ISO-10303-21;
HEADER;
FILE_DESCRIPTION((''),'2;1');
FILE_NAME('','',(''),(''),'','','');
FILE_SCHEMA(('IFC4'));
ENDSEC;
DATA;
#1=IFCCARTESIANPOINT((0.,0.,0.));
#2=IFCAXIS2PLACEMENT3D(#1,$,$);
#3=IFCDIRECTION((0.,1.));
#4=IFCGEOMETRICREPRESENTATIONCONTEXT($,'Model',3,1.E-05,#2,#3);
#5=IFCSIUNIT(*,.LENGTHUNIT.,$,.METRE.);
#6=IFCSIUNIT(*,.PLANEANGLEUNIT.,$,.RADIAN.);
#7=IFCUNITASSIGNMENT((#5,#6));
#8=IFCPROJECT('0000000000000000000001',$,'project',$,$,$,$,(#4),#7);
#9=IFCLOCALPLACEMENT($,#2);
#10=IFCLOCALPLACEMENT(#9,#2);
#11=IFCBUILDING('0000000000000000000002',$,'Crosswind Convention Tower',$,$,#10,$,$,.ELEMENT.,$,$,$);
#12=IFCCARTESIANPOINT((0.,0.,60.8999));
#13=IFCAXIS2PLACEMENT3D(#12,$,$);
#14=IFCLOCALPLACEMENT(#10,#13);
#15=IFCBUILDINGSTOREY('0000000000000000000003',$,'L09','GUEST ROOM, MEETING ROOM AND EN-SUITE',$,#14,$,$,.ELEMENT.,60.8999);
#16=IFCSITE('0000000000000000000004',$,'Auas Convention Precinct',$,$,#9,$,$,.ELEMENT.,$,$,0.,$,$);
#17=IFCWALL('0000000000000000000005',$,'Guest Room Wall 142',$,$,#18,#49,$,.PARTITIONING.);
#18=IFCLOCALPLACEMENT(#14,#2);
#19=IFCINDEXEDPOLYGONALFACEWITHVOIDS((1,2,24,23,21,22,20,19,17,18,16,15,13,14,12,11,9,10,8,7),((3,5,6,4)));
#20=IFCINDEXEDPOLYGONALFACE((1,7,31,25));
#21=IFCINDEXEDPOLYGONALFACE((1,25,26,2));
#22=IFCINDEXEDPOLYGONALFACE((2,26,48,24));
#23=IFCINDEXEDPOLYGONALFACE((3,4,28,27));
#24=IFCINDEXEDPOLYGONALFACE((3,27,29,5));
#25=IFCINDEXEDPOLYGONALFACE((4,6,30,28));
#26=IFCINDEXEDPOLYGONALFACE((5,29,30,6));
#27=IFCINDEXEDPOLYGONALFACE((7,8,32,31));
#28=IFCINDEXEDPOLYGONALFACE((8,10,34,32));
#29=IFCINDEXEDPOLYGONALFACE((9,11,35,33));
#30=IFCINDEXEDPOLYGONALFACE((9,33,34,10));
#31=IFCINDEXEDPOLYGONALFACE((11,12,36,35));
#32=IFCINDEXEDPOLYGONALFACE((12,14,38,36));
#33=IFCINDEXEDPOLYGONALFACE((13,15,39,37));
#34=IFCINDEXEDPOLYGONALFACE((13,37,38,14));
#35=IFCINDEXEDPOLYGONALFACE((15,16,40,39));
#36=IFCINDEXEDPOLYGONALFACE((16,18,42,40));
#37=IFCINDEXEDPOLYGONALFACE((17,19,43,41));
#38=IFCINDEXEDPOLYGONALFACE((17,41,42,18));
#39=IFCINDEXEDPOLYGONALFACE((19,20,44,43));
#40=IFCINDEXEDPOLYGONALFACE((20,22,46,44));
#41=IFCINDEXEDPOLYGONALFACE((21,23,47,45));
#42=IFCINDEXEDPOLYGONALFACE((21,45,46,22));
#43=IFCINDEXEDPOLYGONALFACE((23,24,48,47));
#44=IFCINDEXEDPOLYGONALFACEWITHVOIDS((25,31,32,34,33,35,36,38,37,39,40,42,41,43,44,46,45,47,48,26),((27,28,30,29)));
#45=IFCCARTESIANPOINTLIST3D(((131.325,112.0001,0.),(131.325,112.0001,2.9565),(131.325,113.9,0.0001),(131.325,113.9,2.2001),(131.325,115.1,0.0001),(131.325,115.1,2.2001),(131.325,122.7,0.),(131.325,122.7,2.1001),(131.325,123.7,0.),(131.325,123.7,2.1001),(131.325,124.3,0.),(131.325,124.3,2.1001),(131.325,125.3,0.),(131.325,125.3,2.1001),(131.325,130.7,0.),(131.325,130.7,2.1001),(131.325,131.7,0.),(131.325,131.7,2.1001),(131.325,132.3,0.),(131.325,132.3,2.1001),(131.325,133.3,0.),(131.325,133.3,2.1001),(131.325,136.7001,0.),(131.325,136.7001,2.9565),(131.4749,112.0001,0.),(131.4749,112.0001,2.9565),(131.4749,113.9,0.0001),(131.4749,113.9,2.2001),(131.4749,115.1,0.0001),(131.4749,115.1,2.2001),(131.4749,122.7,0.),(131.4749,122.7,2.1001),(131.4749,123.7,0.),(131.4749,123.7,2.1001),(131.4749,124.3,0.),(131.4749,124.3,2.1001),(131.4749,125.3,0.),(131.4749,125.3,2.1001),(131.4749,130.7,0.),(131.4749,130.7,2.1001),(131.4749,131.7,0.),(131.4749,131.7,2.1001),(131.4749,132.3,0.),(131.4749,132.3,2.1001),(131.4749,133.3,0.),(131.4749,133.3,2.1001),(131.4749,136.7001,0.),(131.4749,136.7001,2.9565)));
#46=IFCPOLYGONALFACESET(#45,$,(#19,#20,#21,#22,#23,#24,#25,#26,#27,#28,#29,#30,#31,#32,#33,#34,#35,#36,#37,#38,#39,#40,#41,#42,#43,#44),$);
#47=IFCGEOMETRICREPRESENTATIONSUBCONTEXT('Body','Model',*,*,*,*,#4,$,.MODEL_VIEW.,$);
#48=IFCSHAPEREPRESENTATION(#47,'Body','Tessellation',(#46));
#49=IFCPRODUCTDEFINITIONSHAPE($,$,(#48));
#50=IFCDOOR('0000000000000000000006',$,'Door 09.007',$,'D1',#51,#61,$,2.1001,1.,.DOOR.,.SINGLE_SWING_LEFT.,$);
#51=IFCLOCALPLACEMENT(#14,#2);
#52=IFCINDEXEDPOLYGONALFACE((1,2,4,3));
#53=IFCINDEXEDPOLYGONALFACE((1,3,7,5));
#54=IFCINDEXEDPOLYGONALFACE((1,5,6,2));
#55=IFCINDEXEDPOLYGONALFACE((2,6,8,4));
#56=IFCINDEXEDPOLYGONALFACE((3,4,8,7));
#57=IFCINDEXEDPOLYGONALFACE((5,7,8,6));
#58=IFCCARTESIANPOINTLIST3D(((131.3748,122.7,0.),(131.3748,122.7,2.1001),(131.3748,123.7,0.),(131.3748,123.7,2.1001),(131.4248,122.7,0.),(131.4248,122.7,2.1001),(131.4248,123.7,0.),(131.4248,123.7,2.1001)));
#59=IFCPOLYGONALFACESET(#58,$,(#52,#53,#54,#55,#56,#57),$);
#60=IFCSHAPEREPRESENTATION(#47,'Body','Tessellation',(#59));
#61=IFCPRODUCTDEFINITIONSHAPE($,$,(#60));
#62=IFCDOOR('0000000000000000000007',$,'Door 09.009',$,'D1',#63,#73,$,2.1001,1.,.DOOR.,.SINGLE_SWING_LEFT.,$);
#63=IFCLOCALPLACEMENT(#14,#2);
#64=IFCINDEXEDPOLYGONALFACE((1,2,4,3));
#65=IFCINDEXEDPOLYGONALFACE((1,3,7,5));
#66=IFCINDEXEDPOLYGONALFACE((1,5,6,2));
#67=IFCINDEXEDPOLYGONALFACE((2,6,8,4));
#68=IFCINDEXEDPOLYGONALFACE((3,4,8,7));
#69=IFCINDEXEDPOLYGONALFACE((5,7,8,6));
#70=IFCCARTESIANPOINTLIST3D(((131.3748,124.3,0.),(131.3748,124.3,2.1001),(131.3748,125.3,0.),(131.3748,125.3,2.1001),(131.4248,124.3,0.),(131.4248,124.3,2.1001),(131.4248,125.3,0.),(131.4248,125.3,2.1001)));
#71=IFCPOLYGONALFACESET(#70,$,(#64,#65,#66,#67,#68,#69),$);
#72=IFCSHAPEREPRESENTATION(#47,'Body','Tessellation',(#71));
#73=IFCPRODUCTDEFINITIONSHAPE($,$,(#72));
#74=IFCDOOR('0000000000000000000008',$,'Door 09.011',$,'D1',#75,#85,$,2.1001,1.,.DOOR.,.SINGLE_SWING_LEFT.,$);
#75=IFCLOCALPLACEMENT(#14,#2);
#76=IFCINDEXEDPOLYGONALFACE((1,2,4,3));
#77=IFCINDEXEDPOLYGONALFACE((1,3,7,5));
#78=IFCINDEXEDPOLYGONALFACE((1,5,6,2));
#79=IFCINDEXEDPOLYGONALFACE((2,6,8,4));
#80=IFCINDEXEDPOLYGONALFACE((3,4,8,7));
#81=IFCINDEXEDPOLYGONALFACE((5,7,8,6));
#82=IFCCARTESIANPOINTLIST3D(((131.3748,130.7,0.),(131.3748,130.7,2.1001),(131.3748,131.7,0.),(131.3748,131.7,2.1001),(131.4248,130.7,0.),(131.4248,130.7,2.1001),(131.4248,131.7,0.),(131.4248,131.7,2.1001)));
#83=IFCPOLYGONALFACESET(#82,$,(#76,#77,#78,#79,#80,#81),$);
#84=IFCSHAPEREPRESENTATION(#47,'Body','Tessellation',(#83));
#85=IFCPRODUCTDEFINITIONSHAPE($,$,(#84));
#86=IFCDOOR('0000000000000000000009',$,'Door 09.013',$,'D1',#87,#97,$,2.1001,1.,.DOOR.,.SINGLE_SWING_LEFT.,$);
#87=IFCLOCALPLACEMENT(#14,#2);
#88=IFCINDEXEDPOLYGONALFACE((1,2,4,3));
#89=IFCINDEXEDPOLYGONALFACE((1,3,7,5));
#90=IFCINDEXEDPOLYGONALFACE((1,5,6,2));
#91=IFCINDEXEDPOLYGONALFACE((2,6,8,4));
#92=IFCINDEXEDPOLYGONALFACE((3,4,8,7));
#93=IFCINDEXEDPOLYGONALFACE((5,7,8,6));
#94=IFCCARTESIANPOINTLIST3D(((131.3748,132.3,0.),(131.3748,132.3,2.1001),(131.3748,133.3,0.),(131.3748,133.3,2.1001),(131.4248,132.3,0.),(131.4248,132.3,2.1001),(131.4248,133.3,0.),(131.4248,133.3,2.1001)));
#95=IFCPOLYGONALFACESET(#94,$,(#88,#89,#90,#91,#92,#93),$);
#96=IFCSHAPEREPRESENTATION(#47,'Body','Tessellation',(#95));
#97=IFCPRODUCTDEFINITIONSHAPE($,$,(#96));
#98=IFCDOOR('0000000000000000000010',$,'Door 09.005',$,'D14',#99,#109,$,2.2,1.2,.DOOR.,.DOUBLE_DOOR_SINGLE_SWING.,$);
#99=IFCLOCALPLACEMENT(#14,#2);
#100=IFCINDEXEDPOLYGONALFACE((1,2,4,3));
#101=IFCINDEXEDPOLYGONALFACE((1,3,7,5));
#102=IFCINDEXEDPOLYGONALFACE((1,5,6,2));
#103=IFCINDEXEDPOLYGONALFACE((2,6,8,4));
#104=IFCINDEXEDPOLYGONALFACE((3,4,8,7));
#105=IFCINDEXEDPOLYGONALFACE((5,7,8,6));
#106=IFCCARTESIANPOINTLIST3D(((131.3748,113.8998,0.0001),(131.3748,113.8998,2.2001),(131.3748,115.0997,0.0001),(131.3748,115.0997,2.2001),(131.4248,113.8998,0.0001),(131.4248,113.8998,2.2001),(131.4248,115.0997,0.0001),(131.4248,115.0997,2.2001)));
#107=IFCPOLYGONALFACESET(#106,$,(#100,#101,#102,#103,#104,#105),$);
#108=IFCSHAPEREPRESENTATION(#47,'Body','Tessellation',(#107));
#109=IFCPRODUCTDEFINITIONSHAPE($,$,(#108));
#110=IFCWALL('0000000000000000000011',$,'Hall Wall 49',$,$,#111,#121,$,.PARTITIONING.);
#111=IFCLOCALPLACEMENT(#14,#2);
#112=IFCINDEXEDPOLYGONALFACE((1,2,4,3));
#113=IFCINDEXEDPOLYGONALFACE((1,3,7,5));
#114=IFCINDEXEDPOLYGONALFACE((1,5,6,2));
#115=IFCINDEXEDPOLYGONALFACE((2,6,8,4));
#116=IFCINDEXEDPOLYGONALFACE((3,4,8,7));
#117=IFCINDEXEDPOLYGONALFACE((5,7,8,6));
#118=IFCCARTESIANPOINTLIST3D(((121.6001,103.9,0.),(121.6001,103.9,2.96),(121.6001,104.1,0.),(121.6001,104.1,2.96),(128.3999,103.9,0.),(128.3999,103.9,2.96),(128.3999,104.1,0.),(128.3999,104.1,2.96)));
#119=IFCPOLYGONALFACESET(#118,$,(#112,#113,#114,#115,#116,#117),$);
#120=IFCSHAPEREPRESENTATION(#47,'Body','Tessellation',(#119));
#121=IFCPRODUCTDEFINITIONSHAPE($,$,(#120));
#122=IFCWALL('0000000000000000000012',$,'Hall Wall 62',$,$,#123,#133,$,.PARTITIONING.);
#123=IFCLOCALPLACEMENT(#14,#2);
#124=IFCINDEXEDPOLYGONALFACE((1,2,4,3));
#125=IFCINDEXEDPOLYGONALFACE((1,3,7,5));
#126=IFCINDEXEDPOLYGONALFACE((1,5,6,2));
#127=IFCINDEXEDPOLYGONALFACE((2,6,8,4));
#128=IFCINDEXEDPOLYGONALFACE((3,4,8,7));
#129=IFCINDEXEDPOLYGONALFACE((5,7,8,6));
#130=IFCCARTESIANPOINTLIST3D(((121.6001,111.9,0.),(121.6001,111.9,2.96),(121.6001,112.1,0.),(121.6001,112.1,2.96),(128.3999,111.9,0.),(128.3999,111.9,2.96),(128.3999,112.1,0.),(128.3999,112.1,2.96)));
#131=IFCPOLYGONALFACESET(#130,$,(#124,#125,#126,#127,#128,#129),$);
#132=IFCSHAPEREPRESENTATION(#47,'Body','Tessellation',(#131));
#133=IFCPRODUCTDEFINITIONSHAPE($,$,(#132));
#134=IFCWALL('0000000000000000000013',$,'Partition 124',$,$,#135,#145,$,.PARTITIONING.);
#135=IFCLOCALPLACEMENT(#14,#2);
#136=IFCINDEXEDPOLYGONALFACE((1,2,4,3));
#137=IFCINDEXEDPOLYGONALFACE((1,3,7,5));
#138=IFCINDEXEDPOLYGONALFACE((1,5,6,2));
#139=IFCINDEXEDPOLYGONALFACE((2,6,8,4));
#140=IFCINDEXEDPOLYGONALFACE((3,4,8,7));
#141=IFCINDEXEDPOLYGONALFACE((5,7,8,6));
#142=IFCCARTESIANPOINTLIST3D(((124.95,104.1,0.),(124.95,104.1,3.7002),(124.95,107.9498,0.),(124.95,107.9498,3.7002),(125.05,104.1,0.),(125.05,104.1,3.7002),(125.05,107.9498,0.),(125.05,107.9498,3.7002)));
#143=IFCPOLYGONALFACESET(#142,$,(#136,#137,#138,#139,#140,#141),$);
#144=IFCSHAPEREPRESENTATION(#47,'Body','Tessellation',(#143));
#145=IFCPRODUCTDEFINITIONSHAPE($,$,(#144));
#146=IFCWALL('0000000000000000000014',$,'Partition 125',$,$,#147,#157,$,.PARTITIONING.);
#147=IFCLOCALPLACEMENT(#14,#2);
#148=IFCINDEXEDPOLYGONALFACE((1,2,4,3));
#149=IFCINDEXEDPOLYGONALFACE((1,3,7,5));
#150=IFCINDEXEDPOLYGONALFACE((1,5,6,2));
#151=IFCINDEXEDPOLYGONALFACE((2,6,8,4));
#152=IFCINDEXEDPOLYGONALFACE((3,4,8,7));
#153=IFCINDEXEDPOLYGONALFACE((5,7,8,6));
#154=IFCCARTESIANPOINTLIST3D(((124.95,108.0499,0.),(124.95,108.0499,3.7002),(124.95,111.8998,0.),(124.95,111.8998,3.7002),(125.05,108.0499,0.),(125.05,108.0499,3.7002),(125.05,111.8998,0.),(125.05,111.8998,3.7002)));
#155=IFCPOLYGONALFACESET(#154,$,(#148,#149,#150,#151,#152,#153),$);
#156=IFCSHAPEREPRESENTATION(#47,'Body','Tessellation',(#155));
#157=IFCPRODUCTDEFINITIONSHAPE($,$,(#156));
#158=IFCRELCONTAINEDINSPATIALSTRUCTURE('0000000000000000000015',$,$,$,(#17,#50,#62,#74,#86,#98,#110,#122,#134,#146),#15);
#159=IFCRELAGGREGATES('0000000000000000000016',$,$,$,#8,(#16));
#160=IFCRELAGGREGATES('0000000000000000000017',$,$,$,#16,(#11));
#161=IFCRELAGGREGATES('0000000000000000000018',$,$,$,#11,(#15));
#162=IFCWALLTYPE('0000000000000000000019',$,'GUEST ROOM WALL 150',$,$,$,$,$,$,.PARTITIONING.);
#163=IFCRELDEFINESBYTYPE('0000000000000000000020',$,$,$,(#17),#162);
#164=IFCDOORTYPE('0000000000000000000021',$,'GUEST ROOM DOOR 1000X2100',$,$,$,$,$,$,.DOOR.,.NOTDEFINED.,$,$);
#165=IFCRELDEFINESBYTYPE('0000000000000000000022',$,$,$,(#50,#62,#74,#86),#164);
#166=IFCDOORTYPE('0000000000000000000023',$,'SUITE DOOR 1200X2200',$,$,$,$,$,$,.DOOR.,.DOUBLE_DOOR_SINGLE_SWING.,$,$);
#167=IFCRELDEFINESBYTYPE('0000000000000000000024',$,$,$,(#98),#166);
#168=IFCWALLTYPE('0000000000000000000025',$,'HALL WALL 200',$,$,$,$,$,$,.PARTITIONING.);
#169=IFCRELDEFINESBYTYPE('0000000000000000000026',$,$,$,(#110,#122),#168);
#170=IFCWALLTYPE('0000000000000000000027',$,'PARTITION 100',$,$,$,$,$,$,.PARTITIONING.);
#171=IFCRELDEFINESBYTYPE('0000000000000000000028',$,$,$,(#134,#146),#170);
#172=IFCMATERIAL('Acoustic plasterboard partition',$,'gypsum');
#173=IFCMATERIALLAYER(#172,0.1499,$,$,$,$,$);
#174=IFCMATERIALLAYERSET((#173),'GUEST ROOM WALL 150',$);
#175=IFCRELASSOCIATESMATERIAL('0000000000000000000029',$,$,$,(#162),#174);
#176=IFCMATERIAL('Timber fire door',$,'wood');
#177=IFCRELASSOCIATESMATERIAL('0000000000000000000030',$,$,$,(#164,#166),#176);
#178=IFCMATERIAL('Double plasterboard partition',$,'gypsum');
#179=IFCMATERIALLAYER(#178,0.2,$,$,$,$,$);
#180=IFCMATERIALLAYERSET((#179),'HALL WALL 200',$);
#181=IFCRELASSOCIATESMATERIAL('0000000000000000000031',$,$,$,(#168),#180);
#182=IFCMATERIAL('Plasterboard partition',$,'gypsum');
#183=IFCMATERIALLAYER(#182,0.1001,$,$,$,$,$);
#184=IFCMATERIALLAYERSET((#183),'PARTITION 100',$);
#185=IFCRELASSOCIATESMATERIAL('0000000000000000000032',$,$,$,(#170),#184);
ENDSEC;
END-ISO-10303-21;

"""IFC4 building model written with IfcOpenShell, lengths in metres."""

from ifc_helpers import new_model, si_unit, direction, frame, frame_2d, origin, place, context, subcontext, project, spatial, rectangle, extrude, material, layer, layer_set, type_object, element, fill, save


model = new_model("IFC4")

# Units and contexts
model_context = context("Model", 3, precision=1e-05, world=origin(), true_north=direction((0.0, 1.0)))
body_context = subcontext(model_context, "Body", "Model", "MODEL_VIEW")
ifc_project = project(units=[si_unit("LENGTHUNIT", "METRE"), si_unit("PLANEANGLEUNIT", "RADIAN")], contexts=[model_context])

# Site, building, storey
site_placement = place(None, origin())
site = spatial("IfcSite", under=ifc_project, at=site_placement, Name="Auas Convention Precinct", CompositionType="ELEMENT", RefElevation=0.0)
building_placement = place(site_placement, origin())
building = spatial("IfcBuilding", under=site, at=building_placement, Name="Crosswind Convention Tower", CompositionType="ELEMENT")
storey_placement = place(building_placement, frame((0.0, 0.0, 60.8999)))
storey = spatial("IfcBuildingStorey", under=building, at=storey_placement, Name="L09", Description="GUEST ROOM, MEETING ROOM AND EN-SUITE", CompositionType="ELEMENT", Elevation=60.8999)

# Shared definitions
ifc_material_1 = material(Name="Plasterboard partition", Category="gypsum")

# Shared definitions
ifc_material_2 = material(Name="Timber fire door", Category="wood")

# Wall, openings, doors
ifc_material_3 = material(Name="Acoustic plasterboard partition", Category="gypsum")
ifc_layer_1 = layer(ifc_material_3, 0.1499)
ifc_layer_set_1 = layer_set([ifc_layer_1], Name="GUEST ROOM WALL 150")
wall_type_1 = type_object("IfcWallType", Name="GUEST ROOM WALL 150", PredefinedType="PARTITIONING", material=ifc_layer_set_1)
wall_1_placement = place(storey_placement, frame((131.3999, 112.0, 0.0), z_axis=(0.0, 0.0, 1.0), x_axis=(0.0, 1.0, 0.0)))
wall_1 = element("IfcWall", 1, at=wall_1_placement, inside=storey, type_object=wall_type_1, Name="Guest Room Wall 142", PredefinedType="PARTITIONING", context=body_context, shape_type="SweptSolid", body=[
    extrude(rectangle(XDim=24.7, YDim=0.1499, at=frame_2d((12.3501, 0.0))), origin(), (0.0, 0.0, 1.0), 2.9565),
])
opening_1_placement = place(wall_1_placement, frame((1.8999, 0.0, 0.0)))
opening_1 = element("IfcOpeningElement", 2, at=opening_1_placement, cuts=wall_1, PredefinedType="OPENING", context=body_context, shape_type="SweptSolid", body=[
    extrude(rectangle(XDim=1.2, YDim=2.2, at=frame_2d((0.6001, 1.1001))), frame((0.0, 0.085, 0.0), z_axis=(0.0, -1.0, 0.0), x_axis=(1.0, 0.0, 0.0)), (0.0, 0.0, 1.0), 0.1699),
])
opening_2_placement = place(wall_1_placement, frame((10.7, 0.0, 0.0)))
opening_2 = element("IfcOpeningElement", 3, at=opening_2_placement, cuts=wall_1, PredefinedType="OPENING", context=body_context, shape_type="SweptSolid", body=[
    extrude(rectangle(XDim=1.0, YDim=2.1001, at=frame_2d((0.5, 1.05))), frame((0.0, 0.085, 0.0), z_axis=(0.0, -1.0, 0.0), x_axis=(1.0, 0.0, 0.0)), (0.0, 0.0, 1.0), 0.1699),
])
opening_3_placement = place(wall_1_placement, frame((12.3, 0.0, 0.0)))
opening_3 = element("IfcOpeningElement", 4, at=opening_3_placement, cuts=wall_1, PredefinedType="OPENING", context=body_context, shape_type="SweptSolid", body=[
    extrude(rectangle(XDim=1.0, YDim=2.1001, at=frame_2d((0.5, 1.05))), frame((0.0, 0.085, 0.0), z_axis=(0.0, -1.0, 0.0), x_axis=(1.0, 0.0, 0.0)), (0.0, 0.0, 1.0), 0.1699),
])
opening_4_placement = place(wall_1_placement, frame((18.7, 0.0, 0.0)))
opening_4 = element("IfcOpeningElement", 5, at=opening_4_placement, cuts=wall_1, PredefinedType="OPENING", context=body_context, shape_type="SweptSolid", body=[
    extrude(rectangle(XDim=1.0, YDim=2.1001, at=frame_2d((0.5, 1.05))), frame((0.0, 0.085, 0.0), z_axis=(0.0, -1.0, 0.0), x_axis=(1.0, 0.0, 0.0)), (0.0, 0.0, 1.0), 0.1699),
])
opening_5_placement = place(wall_1_placement, frame((20.3, 0.0, 0.0)))
opening_5 = element("IfcOpeningElement", 6, at=opening_5_placement, cuts=wall_1, PredefinedType="OPENING", context=body_context, shape_type="SweptSolid", body=[
    extrude(rectangle(XDim=1.0, YDim=2.1001, at=frame_2d((0.5, 1.05))), frame((0.0, 0.085, 0.0), z_axis=(0.0, -1.0, 0.0), x_axis=(1.0, 0.0, 0.0)), (0.0, 0.0, 1.0), 0.1699),
])
door_type_1 = type_object("IfcDoorType", Name="GUEST ROOM DOOR 1000X2100", OperationType="NOTDEFINED", PredefinedType="DOOR", material=ifc_material_2)
door_1_placement = place(opening_2_placement, frame((1.0, 0.0, 0.0), z_axis=(0.0, 0.0, 1.0), x_axis=(-1.0, 0.0, 0.0)))
door_1 = element("IfcDoor", 7, at=door_1_placement, inside=storey, type_object=door_type_1, Name="Door 09.007", ObjectType="D1", OperationType="SINGLE_SWING_LEFT", OverallHeight=2.1001, OverallWidth=1.0, PredefinedType="DOOR", context=body_context, shape_type="SweptSolid", body=[
    extrude(rectangle(XDim=1.0, YDim=2.1001, at=frame_2d((0.5, 1.05))), frame((0.0, 0.0249, 0.0), z_axis=(0.0, -1.0, 0.0), x_axis=(1.0, 0.0, 0.0)), (0.0, 0.0, 1.0), 0.05),
])
fill(opening_2, door_1)
door_2_placement = place(opening_3_placement, frame((1.0, 0.0, 0.0), z_axis=(0.0, 0.0, 1.0), x_axis=(-1.0, 0.0, 0.0)))
door_2 = element("IfcDoor", 8, at=door_2_placement, inside=storey, type_object=door_type_1, Name="Door 09.009", ObjectType="D1", OperationType="SINGLE_SWING_LEFT", OverallHeight=2.1001, OverallWidth=1.0, PredefinedType="DOOR", context=body_context, shape_type="SweptSolid", body=[
    extrude(rectangle(XDim=1.0, YDim=2.1001, at=frame_2d((0.5, 1.05))), frame((0.0, 0.0249, 0.0), z_axis=(0.0, -1.0, 0.0), x_axis=(1.0, 0.0, 0.0)), (0.0, 0.0, 1.0), 0.05),
])
fill(opening_3, door_2)
door_3_placement = place(opening_4_placement, frame((1.0, 0.0, 0.0), z_axis=(0.0, 0.0, 1.0), x_axis=(-1.0, 0.0, 0.0)))
door_3 = element("IfcDoor", 9, at=door_3_placement, inside=storey, type_object=door_type_1, Name="Door 09.011", ObjectType="D1", OperationType="SINGLE_SWING_LEFT", OverallHeight=2.1001, OverallWidth=1.0, PredefinedType="DOOR", context=body_context, shape_type="SweptSolid", body=[
    extrude(rectangle(XDim=1.0, YDim=2.1001, at=frame_2d((0.5, 1.05))), frame((0.0, 0.0249, 0.0), z_axis=(0.0, -1.0, 0.0), x_axis=(1.0, 0.0, 0.0)), (0.0, 0.0, 1.0), 0.05),
])
fill(opening_4, door_3)
door_4_placement = place(opening_5_placement, frame((1.0, 0.0, 0.0), z_axis=(0.0, 0.0, 1.0), x_axis=(-1.0, 0.0, 0.0)))
door_4 = element("IfcDoor", 10, at=door_4_placement, inside=storey, type_object=door_type_1, Name="Door 09.013", ObjectType="D1", OperationType="SINGLE_SWING_LEFT", OverallHeight=2.1001, OverallWidth=1.0, PredefinedType="DOOR", context=body_context, shape_type="SweptSolid", body=[
    extrude(rectangle(XDim=1.0, YDim=2.1001, at=frame_2d((0.5, 1.05))), frame((0.0, 0.0249, 0.0), z_axis=(0.0, -1.0, 0.0), x_axis=(1.0, 0.0, 0.0)), (0.0, 0.0, 1.0), 0.05),
])
fill(opening_5, door_4)
door_type_2 = type_object("IfcDoorType", Name="SUITE DOOR 1200X2200", OperationType="DOUBLE_DOOR_SINGLE_SWING", PredefinedType="DOOR", material=ifc_material_2)
door_5_placement = place(opening_1_placement, frame((1.2, 0.0, 0.0), z_axis=(0.0, 0.0, 1.0), x_axis=(-1.0, 0.0, 0.0)))
door_5 = element("IfcDoor", 11, at=door_5_placement, inside=storey, type_object=door_type_2, Name="Door 09.005", ObjectType="D14", OperationType="DOUBLE_DOOR_SINGLE_SWING", OverallHeight=2.2, OverallWidth=1.2, PredefinedType="DOOR", context=body_context, shape_type="SweptSolid", body=[
    extrude(rectangle(XDim=1.2, YDim=2.2, at=frame_2d((0.6001, 1.1001))), frame((0.0, 0.0249, 0.0), z_axis=(0.0, -1.0, 0.0), x_axis=(1.0, 0.0, 0.0)), (0.0, 0.0, 1.0), 0.05),
])
fill(opening_1, door_5)

# Walls
ifc_material_4 = material(Name="Double plasterboard partition", Category="gypsum")
ifc_layer_2 = layer(ifc_material_4, 0.2)
ifc_layer_set_2 = layer_set([ifc_layer_2], Name="HALL WALL 200")
wall_type_2 = type_object("IfcWallType", Name="HALL WALL 200", PredefinedType="PARTITIONING", material=ifc_layer_set_2)
for number, where, z_axis, x_axis, name in (
    (12, (121.6001, 104.0, 0.0), (0.0, 0.0, 1.0), (1.0, 0.0, 0.0), "Hall Wall 49"),
    (13, (121.6001, 112.0, 0.0), (0.0, 0.0, 1.0), (1.0, 0.0, 0.0), "Hall Wall 62"),
):
    element("IfcWall", number, at=place(storey_placement, frame(where, z_axis=z_axis, x_axis=x_axis)), inside=storey, type_object=wall_type_2, Name=name, PredefinedType="PARTITIONING", context=body_context, shape_type="SweptSolid", body=[
        extrude(rectangle(XDim=6.7998, YDim=0.2, at=frame_2d((3.3999, 0.0))), origin(), (0.0, 0.0, 1.0), 2.96),
    ])
ifc_layer_3 = layer(ifc_material_1, 0.1001)
ifc_layer_set_3 = layer_set([ifc_layer_3], Name="PARTITION 100")
wall_type_3 = type_object("IfcWallType", Name="PARTITION 100", PredefinedType="PARTITIONING", material=ifc_layer_set_3)
for number, where, z_axis, x_axis, name in (
    (14, (125.0, 104.1001, 0.0), (0.0, 0.0, 1.0), (0.0, 1.0, 0.0), "Partition 124"),
    (15, (125.0, 108.05, 0.0), (0.0, 0.0, 1.0), (0.0, 1.0, 0.0), "Partition 125"),
):
    element("IfcWall", number, at=place(storey_placement, frame(where, z_axis=z_axis, x_axis=x_axis)), inside=storey, type_object=wall_type_3, Name=name, PredefinedType="PARTITIONING", context=body_context, shape_type="SweptSolid", body=[
        extrude(rectangle(XDim=3.8499, YDim=0.1001, at=frame_2d((1.9248, 0.0))), origin(), (0.0, 0.0, 1.0), 3.7002),
    ])

save(model, "model.ifc")
